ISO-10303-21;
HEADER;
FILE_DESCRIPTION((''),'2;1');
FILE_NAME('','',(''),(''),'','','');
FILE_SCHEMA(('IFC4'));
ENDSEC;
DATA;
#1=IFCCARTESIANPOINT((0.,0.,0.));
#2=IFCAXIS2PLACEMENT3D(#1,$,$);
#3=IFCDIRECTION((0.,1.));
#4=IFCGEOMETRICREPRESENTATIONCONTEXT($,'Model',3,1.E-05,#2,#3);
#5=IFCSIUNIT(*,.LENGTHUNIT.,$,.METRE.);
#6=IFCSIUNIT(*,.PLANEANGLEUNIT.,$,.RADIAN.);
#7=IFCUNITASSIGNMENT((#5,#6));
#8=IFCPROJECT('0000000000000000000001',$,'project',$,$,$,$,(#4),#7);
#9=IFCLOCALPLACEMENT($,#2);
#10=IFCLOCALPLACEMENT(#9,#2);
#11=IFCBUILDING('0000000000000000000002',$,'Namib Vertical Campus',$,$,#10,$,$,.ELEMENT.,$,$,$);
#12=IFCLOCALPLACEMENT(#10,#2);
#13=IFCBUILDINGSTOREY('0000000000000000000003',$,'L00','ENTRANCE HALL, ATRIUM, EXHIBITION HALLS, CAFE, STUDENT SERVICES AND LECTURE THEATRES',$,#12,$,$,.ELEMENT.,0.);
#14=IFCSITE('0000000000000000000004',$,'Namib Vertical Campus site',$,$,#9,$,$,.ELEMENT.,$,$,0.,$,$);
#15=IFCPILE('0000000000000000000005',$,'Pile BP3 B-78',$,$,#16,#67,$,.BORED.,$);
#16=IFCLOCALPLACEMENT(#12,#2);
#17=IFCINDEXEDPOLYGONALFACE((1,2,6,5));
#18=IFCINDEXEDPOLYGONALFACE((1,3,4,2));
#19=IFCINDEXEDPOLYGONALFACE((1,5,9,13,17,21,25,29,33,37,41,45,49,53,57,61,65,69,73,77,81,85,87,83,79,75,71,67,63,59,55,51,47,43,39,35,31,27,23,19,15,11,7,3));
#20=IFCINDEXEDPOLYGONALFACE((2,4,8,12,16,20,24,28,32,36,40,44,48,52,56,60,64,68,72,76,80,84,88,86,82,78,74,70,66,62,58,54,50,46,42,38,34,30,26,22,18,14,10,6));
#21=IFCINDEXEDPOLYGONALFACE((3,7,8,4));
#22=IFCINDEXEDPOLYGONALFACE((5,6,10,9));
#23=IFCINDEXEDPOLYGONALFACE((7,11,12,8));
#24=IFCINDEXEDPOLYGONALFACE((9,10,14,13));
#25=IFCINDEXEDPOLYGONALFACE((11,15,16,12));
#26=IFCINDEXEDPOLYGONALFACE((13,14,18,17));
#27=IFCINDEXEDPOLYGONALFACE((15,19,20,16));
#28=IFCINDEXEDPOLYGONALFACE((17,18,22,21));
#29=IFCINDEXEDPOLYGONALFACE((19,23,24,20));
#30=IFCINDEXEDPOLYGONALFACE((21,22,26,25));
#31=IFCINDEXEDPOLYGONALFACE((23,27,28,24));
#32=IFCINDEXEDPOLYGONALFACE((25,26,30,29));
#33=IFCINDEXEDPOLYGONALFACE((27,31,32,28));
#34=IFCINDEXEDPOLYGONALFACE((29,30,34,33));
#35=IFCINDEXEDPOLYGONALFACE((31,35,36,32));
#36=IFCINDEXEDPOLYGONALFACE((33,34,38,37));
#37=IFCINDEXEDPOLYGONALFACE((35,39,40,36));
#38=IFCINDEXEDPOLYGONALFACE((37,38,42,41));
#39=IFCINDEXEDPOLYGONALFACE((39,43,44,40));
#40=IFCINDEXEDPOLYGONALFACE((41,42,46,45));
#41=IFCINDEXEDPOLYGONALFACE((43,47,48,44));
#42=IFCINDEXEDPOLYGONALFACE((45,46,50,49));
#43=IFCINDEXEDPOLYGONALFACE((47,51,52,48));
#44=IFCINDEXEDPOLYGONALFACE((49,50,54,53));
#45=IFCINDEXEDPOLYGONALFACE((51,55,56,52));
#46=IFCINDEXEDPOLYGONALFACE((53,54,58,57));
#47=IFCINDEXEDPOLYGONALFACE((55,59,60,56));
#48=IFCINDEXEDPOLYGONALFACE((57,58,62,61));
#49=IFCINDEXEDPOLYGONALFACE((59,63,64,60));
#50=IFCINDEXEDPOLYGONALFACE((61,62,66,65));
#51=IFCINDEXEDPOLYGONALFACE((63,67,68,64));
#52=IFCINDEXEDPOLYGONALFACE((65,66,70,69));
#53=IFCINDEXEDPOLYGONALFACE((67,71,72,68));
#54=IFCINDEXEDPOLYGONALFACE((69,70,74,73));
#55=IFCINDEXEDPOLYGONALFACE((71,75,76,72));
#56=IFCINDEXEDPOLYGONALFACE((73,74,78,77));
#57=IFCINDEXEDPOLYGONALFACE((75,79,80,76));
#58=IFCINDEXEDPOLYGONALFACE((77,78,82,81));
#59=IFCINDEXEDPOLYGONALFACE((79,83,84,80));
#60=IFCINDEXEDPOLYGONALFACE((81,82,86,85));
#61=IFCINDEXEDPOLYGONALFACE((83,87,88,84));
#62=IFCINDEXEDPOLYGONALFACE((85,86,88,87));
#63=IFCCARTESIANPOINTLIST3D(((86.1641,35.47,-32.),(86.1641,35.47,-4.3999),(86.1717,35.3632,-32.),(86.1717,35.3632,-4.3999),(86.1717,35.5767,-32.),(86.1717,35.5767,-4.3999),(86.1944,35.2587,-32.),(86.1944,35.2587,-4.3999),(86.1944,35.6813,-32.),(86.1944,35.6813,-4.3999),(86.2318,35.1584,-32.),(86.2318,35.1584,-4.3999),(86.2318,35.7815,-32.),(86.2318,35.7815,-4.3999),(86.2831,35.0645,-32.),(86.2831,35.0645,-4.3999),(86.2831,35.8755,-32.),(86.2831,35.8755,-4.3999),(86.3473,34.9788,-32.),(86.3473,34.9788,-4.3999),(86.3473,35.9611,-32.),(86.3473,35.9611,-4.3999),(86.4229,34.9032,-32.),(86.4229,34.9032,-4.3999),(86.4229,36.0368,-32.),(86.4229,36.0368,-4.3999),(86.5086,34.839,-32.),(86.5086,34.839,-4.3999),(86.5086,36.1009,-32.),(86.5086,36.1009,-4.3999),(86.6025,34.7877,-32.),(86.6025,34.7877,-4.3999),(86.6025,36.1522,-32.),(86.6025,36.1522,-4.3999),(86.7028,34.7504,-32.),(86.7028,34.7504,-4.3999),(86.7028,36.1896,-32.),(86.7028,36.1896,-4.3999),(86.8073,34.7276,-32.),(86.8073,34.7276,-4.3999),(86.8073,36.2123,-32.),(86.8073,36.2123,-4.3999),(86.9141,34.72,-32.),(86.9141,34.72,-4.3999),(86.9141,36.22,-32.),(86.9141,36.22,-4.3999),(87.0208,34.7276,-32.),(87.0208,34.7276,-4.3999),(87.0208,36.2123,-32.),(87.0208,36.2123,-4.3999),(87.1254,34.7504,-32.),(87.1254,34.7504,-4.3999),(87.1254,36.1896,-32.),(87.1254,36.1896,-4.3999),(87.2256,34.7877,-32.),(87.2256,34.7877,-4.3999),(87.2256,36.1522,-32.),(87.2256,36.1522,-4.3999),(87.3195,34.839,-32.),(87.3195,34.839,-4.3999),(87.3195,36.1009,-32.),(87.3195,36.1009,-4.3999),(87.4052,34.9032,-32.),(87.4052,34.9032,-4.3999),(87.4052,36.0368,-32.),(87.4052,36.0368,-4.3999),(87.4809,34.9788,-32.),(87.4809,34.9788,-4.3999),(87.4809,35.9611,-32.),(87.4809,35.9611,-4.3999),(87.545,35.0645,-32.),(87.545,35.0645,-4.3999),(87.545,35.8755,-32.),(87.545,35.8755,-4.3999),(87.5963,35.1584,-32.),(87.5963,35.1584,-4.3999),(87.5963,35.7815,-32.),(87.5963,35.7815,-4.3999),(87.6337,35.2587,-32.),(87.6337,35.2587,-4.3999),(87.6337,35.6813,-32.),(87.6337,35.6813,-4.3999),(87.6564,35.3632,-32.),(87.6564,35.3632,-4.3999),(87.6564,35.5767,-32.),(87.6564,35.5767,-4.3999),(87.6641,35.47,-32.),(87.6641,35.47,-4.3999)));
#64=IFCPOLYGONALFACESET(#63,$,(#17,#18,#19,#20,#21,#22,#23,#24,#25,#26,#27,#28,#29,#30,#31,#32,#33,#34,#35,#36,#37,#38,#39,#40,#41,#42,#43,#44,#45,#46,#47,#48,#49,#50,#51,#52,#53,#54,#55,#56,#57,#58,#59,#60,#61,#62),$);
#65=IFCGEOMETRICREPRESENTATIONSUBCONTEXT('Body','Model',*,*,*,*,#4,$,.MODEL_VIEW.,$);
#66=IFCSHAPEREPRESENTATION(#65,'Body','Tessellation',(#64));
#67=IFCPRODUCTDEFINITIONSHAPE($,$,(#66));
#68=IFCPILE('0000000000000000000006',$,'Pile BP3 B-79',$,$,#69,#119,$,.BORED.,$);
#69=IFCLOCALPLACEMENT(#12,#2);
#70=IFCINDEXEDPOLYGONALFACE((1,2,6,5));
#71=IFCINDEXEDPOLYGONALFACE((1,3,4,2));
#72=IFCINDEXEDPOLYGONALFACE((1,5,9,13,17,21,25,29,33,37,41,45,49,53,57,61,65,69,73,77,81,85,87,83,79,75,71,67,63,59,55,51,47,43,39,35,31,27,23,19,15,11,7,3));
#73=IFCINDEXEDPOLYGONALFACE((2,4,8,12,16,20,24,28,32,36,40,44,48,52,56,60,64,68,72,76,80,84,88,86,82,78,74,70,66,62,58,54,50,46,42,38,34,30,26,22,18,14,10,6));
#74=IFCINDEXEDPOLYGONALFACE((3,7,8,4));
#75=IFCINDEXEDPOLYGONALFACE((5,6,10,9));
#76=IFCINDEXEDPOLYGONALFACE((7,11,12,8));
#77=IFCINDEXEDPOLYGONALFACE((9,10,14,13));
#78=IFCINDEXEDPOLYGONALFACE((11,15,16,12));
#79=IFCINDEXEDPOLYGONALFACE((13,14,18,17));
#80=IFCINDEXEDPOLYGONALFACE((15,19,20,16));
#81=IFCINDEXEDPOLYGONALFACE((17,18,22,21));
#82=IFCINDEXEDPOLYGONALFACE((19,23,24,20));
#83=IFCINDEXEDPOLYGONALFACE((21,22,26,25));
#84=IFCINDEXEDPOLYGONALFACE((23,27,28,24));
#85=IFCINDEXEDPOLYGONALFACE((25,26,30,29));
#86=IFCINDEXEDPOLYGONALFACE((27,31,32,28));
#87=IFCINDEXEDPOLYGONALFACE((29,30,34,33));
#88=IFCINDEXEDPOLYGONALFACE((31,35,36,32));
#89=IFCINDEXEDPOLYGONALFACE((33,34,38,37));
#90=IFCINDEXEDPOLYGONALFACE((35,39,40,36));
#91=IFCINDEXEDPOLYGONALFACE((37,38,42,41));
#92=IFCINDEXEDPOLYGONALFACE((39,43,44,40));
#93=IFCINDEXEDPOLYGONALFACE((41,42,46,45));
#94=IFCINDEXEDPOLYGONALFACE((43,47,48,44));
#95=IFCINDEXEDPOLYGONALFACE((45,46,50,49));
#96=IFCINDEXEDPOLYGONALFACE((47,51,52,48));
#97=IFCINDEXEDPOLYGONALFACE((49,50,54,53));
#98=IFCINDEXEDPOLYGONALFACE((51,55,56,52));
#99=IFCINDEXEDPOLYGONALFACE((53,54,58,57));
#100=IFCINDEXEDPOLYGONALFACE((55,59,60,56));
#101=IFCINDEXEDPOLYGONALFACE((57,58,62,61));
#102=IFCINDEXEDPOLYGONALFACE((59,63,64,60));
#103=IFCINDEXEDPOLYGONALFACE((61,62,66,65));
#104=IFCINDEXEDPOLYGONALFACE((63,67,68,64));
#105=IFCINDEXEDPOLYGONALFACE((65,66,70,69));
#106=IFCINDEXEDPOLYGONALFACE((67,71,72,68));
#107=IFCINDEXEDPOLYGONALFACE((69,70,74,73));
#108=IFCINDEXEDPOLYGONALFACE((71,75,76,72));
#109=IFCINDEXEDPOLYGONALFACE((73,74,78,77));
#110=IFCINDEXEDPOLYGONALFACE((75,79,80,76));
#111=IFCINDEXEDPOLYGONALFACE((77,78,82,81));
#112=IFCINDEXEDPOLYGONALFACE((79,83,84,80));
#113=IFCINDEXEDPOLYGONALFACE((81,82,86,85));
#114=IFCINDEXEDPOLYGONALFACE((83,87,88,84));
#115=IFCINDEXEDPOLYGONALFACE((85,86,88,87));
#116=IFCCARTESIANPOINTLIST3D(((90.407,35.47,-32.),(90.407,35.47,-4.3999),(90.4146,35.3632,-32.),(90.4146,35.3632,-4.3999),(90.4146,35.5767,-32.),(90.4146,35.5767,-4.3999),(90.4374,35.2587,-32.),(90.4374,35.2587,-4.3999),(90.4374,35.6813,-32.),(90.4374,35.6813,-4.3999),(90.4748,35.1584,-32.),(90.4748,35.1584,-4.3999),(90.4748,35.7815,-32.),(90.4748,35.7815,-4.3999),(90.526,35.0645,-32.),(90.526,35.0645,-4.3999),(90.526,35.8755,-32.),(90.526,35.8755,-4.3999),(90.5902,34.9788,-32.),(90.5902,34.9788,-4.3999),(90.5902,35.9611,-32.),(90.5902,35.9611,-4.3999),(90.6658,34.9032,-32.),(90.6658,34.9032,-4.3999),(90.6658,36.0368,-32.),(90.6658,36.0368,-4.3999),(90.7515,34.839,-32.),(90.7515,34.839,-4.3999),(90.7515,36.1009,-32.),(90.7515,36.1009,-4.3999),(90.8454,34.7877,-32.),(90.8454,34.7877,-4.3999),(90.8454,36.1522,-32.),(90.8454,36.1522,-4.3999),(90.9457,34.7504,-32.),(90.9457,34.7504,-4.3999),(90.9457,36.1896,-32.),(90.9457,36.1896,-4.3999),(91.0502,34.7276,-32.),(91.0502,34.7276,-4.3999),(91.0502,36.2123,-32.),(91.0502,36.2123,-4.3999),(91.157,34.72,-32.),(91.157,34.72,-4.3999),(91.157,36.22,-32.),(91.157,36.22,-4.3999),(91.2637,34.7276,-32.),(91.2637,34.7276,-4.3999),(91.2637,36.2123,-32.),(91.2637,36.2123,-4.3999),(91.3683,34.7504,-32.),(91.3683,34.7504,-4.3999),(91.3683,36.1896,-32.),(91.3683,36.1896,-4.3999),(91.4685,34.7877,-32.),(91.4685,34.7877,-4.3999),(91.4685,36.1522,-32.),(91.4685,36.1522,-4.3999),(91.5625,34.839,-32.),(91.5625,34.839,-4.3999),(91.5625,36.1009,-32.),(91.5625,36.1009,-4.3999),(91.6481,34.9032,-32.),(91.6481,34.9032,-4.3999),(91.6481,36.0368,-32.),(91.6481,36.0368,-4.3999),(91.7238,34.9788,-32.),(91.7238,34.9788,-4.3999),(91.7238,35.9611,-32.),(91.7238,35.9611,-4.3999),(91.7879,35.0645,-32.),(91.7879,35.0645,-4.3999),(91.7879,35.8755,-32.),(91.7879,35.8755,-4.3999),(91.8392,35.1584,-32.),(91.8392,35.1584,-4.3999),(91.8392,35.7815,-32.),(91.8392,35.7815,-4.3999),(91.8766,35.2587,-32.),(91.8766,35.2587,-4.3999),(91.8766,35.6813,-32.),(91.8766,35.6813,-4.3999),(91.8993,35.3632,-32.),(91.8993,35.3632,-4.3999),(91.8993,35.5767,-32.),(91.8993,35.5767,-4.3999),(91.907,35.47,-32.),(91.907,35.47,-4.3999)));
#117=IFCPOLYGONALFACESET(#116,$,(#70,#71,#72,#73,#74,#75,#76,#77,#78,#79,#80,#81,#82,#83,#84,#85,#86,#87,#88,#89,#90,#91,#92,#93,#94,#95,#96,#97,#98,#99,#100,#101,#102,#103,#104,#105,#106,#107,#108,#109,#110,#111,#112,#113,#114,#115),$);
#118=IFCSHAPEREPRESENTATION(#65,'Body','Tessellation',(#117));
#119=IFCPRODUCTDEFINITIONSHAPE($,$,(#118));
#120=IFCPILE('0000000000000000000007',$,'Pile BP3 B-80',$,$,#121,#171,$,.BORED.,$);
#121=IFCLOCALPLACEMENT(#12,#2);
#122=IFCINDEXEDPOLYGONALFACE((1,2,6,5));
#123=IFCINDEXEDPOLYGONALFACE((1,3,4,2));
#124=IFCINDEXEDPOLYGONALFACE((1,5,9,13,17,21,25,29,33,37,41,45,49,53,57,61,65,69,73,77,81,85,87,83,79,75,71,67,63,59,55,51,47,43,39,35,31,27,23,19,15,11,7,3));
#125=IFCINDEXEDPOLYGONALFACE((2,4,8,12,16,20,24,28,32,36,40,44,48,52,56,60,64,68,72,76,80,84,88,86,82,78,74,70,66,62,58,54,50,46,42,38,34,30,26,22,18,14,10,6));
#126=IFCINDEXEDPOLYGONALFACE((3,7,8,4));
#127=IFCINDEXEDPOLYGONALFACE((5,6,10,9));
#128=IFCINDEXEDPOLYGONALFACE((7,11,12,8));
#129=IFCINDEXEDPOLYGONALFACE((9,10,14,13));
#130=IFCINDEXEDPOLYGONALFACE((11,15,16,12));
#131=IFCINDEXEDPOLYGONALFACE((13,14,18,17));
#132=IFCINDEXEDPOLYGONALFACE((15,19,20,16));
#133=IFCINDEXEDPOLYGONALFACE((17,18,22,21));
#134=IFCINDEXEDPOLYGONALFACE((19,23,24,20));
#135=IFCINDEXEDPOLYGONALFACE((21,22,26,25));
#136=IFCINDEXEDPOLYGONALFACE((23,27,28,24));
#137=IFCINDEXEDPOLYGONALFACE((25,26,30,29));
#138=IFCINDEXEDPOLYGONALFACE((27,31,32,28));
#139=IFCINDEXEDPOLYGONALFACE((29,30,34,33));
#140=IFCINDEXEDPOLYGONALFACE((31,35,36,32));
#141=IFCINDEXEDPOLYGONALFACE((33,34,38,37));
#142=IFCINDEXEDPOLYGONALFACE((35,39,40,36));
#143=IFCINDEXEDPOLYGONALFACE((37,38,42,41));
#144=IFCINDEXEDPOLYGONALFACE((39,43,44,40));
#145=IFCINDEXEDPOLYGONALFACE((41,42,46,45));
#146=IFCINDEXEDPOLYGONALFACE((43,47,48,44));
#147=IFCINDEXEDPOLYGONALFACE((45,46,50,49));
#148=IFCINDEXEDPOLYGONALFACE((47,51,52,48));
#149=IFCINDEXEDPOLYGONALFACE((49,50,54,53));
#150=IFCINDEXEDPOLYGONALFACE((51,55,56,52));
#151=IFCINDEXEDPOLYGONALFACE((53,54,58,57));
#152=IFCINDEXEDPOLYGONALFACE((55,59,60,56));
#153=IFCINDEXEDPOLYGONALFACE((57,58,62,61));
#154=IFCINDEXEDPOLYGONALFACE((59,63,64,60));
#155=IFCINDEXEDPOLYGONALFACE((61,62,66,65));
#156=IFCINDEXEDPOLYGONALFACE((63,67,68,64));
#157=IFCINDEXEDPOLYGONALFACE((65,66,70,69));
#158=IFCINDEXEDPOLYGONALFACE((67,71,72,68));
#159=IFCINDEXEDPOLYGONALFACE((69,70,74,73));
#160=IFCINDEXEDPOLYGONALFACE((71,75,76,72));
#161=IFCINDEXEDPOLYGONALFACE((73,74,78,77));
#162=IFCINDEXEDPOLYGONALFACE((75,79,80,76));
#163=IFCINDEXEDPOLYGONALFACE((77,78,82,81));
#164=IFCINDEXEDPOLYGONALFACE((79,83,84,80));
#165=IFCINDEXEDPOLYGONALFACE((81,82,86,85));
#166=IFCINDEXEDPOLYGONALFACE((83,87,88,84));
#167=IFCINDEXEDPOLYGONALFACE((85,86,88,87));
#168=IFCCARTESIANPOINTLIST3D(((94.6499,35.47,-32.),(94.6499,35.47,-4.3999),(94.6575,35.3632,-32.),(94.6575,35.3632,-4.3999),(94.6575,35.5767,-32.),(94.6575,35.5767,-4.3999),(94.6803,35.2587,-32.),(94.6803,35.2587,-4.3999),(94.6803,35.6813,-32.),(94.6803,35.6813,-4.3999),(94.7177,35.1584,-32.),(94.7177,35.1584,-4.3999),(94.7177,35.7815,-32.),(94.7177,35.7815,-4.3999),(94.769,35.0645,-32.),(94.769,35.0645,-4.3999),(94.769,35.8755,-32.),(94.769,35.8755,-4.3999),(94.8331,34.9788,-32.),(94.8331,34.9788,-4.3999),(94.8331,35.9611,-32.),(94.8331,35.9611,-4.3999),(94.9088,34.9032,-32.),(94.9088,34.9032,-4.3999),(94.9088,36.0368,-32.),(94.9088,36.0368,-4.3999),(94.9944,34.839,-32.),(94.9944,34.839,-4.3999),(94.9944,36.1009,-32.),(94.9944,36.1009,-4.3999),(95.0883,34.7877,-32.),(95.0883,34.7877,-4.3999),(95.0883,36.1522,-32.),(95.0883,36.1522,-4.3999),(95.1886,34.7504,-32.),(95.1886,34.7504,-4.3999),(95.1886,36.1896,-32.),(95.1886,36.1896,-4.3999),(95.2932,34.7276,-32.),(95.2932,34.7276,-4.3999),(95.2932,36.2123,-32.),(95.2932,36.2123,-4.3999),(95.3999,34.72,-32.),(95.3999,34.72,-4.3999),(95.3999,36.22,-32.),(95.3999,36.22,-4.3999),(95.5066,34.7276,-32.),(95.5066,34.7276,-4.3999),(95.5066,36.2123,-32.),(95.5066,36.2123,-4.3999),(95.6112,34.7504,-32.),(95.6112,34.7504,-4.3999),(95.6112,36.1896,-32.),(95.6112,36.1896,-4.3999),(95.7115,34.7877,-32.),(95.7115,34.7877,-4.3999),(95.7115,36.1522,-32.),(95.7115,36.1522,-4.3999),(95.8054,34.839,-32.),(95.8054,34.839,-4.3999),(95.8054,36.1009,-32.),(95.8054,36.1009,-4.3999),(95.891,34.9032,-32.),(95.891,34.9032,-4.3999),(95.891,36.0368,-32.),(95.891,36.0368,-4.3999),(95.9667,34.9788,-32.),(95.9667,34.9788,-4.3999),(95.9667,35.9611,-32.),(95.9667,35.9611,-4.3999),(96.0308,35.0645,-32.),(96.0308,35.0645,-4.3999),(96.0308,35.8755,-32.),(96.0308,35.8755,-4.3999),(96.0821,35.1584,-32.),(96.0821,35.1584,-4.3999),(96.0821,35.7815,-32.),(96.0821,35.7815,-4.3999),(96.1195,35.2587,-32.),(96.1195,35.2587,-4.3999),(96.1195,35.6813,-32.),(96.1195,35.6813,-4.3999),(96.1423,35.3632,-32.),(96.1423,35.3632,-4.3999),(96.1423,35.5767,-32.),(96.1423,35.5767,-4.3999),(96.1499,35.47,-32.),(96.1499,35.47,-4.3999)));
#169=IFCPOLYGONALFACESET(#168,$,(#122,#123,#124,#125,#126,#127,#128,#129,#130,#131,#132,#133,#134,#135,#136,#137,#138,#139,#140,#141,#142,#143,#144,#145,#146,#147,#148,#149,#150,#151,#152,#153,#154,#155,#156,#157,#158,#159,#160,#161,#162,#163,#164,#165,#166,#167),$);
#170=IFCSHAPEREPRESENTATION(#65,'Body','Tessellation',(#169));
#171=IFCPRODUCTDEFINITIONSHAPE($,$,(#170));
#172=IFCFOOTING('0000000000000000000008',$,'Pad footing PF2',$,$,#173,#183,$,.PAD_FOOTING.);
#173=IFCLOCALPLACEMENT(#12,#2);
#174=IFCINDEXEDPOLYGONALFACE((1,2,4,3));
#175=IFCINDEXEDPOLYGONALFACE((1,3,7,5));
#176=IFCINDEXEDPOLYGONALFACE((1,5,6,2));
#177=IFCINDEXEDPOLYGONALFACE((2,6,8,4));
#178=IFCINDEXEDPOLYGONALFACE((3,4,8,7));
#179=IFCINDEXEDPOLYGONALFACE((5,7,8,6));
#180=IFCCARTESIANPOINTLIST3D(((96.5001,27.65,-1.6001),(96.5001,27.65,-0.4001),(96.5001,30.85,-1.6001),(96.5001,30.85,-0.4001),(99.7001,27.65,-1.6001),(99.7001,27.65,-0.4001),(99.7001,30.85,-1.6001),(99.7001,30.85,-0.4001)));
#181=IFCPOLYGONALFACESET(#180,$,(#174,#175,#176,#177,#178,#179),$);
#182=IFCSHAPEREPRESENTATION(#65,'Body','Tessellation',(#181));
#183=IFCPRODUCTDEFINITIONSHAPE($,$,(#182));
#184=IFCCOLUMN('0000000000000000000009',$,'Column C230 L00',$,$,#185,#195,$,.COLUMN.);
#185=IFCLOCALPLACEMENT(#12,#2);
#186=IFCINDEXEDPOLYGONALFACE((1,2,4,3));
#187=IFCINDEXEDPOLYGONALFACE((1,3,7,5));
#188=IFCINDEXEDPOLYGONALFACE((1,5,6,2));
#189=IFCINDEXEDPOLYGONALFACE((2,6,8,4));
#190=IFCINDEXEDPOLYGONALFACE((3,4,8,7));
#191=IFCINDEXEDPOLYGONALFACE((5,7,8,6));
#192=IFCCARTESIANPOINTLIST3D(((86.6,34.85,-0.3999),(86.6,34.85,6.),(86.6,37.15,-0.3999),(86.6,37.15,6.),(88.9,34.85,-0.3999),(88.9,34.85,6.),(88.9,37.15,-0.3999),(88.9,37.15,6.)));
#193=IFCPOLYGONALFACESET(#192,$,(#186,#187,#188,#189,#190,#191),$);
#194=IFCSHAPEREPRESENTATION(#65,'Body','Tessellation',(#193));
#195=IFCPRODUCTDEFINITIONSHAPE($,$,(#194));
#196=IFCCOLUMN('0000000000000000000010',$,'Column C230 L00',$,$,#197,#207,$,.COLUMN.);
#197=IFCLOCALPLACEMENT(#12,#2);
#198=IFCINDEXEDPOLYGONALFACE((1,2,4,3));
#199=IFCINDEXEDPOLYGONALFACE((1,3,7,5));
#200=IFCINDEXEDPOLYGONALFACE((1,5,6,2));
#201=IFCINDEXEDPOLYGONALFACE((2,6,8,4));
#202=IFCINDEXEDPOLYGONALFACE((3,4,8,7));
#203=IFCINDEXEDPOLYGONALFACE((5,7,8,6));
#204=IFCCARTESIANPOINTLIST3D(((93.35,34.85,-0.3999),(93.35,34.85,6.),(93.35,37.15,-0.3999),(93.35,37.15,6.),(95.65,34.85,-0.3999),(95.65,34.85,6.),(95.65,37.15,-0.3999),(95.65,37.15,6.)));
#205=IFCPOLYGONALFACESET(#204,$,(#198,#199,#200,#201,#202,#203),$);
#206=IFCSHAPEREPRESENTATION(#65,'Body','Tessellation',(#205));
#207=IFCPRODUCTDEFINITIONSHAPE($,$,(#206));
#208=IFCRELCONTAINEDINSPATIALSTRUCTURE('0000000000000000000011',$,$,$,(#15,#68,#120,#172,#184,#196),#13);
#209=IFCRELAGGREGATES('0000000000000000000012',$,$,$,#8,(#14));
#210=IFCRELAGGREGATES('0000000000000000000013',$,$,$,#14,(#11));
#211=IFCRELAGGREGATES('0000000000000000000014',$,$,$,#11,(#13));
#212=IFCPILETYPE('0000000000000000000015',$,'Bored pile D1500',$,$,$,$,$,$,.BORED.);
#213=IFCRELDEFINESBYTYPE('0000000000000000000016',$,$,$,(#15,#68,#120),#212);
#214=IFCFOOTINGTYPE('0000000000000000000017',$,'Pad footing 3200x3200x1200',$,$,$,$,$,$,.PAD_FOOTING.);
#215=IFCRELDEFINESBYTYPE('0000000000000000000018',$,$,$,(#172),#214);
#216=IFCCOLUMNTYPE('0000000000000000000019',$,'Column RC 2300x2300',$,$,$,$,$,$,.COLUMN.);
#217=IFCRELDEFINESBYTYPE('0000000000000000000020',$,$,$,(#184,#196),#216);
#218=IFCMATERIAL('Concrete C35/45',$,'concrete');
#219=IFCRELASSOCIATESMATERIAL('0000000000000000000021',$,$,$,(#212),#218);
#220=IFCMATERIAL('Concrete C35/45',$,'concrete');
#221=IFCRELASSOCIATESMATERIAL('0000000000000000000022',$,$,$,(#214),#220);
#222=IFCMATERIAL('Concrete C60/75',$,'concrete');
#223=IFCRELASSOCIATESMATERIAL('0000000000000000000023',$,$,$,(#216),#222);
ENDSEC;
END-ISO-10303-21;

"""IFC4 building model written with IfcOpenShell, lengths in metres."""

from ifc_helpers import new_model, si_unit, direction, frame, origin, origin_2d, place, context, subcontext, project, spatial, rectangle, circle, extrude, material, material_profile, profile_set, type_object, element, save


model = new_model("IFC4")

# Units and contexts
model_context = context("Model", 3, precision=1e-05, world=origin(), true_north=direction((0.0, 1.0)))
body_context = subcontext(model_context, "Body", "Model", "MODEL_VIEW")
ifc_project = project(units=[si_unit("LENGTHUNIT", "METRE"), si_unit("PLANEANGLEUNIT", "RADIAN")], contexts=[model_context])

# Site, building, storey
site_placement = place(None, origin())
site = spatial("IfcSite", under=ifc_project, at=site_placement, Name="Namib Vertical Campus site", CompositionType="ELEMENT", RefElevation=0.0)
building_placement = place(site_placement, origin())
building = spatial("IfcBuilding", under=site, at=building_placement, Name="Namib Vertical Campus", CompositionType="ELEMENT")
storey_placement = place(building_placement, origin())
storey = spatial("IfcBuildingStorey", under=building, at=storey_placement, Name="L00", Description="ENTRANCE HALL, ATRIUM, EXHIBITION HALLS, CAFE, STUDENT SERVICES AND LECTURE THEATRES", CompositionType="ELEMENT", Elevation=0.0)

# Piles
ifc_material_1 = material(Name="Concrete C35/45", Category="concrete")
ifc_material_profile_1 = material_profile(ifc_material_1, circle(Radius=0.75, at=origin_2d()))
ifc_profile_set_1 = profile_set([ifc_material_profile_1], Name="Concrete C35/45")
pile_type = type_object("IfcPileType", Name="Bored pile D1500", PredefinedType="BORED", material=ifc_profile_set_1)
for number, where, z_axis, x_axis, name in (
    (1, (86.9141, 35.47, -4.3999), (0.0, 0.0, -1.0), (1.0, 0.0, 0.0), "Pile BP3 B-78"),
    (2, (91.157, 35.47, -4.3999), (0.0, 0.0, -1.0), (1.0, 0.0, 0.0), "Pile BP3 B-79"),
    (3, (95.3999, 35.47, -4.3999), (0.0, 0.0, -1.0), (1.0, 0.0, 0.0), "Pile BP3 B-80"),
):
    element("IfcPile", number, at=place(storey_placement, frame(where, z_axis=z_axis, x_axis=x_axis)), inside=storey, type_object=pile_type, Name=name, PredefinedType="BORED", context=body_context, shape_type="SweptSolid", body=[
        extrude(circle(Radius=0.75, at=origin_2d()), origin(), (0.0, 0.0, 1.0), 27.6001),
    ])

# Footing
ifc_material_2 = material(Name="Concrete C35/45", Category="concrete")
footing_type = type_object("IfcFootingType", Name="Pad footing 3200x3200x1200", PredefinedType="PAD_FOOTING", material=ifc_material_2)
footing_placement = place(storey_placement, frame((98.1001, 29.25, -1.6001), z_axis=(0.0, 0.0, 1.0), x_axis=(1.0, 0.0, 0.0)))
element("IfcFooting", 4, at=footing_placement, inside=storey, type_object=footing_type, Name="Pad footing PF2", PredefinedType="PAD_FOOTING", context=body_context, shape_type="SweptSolid", body=[
    extrude(rectangle(XDim=3.2, YDim=3.2, at=origin_2d()), origin(), (0.0, 0.0, 1.0), 1.2),
])

# Columns
ifc_material_3 = material(Name="Concrete C60/75", Category="concrete")
ifc_material_profile_2 = material_profile(ifc_material_3, rectangle(XDim=2.3, YDim=2.3, at=origin_2d()))
ifc_profile_set_2 = profile_set([ifc_material_profile_2], Name="Concrete C60/75")
column_type_1 = type_object("IfcColumnType", Name="Column RC 2300x2300", PredefinedType="COLUMN", material=ifc_profile_set_2)
for number, where, z_axis, x_axis, name in (
    (5, (87.75, 36.0, -0.3999), (0.0, 0.0, 1.0), (1.0, 0.0, 0.0), "Column C230 L00"),
    (6, (94.5, 36.0, -0.3999), (0.0, 0.0, 1.0), (1.0, 0.0, 0.0), "Column C230 L00"),
):
    element("IfcColumn", number, at=place(storey_placement, frame(where, z_axis=z_axis, x_axis=x_axis)), inside=storey, type_object=column_type_1, Name=name, PredefinedType="COLUMN", context=body_context, shape_type="SweptSolid", body=[
        extrude(rectangle(XDim=2.3, YDim=2.3, at=origin_2d()), origin(), (0.0, 0.0, 1.0), 6.3999),
    ])

save(model, "model.ifc")
